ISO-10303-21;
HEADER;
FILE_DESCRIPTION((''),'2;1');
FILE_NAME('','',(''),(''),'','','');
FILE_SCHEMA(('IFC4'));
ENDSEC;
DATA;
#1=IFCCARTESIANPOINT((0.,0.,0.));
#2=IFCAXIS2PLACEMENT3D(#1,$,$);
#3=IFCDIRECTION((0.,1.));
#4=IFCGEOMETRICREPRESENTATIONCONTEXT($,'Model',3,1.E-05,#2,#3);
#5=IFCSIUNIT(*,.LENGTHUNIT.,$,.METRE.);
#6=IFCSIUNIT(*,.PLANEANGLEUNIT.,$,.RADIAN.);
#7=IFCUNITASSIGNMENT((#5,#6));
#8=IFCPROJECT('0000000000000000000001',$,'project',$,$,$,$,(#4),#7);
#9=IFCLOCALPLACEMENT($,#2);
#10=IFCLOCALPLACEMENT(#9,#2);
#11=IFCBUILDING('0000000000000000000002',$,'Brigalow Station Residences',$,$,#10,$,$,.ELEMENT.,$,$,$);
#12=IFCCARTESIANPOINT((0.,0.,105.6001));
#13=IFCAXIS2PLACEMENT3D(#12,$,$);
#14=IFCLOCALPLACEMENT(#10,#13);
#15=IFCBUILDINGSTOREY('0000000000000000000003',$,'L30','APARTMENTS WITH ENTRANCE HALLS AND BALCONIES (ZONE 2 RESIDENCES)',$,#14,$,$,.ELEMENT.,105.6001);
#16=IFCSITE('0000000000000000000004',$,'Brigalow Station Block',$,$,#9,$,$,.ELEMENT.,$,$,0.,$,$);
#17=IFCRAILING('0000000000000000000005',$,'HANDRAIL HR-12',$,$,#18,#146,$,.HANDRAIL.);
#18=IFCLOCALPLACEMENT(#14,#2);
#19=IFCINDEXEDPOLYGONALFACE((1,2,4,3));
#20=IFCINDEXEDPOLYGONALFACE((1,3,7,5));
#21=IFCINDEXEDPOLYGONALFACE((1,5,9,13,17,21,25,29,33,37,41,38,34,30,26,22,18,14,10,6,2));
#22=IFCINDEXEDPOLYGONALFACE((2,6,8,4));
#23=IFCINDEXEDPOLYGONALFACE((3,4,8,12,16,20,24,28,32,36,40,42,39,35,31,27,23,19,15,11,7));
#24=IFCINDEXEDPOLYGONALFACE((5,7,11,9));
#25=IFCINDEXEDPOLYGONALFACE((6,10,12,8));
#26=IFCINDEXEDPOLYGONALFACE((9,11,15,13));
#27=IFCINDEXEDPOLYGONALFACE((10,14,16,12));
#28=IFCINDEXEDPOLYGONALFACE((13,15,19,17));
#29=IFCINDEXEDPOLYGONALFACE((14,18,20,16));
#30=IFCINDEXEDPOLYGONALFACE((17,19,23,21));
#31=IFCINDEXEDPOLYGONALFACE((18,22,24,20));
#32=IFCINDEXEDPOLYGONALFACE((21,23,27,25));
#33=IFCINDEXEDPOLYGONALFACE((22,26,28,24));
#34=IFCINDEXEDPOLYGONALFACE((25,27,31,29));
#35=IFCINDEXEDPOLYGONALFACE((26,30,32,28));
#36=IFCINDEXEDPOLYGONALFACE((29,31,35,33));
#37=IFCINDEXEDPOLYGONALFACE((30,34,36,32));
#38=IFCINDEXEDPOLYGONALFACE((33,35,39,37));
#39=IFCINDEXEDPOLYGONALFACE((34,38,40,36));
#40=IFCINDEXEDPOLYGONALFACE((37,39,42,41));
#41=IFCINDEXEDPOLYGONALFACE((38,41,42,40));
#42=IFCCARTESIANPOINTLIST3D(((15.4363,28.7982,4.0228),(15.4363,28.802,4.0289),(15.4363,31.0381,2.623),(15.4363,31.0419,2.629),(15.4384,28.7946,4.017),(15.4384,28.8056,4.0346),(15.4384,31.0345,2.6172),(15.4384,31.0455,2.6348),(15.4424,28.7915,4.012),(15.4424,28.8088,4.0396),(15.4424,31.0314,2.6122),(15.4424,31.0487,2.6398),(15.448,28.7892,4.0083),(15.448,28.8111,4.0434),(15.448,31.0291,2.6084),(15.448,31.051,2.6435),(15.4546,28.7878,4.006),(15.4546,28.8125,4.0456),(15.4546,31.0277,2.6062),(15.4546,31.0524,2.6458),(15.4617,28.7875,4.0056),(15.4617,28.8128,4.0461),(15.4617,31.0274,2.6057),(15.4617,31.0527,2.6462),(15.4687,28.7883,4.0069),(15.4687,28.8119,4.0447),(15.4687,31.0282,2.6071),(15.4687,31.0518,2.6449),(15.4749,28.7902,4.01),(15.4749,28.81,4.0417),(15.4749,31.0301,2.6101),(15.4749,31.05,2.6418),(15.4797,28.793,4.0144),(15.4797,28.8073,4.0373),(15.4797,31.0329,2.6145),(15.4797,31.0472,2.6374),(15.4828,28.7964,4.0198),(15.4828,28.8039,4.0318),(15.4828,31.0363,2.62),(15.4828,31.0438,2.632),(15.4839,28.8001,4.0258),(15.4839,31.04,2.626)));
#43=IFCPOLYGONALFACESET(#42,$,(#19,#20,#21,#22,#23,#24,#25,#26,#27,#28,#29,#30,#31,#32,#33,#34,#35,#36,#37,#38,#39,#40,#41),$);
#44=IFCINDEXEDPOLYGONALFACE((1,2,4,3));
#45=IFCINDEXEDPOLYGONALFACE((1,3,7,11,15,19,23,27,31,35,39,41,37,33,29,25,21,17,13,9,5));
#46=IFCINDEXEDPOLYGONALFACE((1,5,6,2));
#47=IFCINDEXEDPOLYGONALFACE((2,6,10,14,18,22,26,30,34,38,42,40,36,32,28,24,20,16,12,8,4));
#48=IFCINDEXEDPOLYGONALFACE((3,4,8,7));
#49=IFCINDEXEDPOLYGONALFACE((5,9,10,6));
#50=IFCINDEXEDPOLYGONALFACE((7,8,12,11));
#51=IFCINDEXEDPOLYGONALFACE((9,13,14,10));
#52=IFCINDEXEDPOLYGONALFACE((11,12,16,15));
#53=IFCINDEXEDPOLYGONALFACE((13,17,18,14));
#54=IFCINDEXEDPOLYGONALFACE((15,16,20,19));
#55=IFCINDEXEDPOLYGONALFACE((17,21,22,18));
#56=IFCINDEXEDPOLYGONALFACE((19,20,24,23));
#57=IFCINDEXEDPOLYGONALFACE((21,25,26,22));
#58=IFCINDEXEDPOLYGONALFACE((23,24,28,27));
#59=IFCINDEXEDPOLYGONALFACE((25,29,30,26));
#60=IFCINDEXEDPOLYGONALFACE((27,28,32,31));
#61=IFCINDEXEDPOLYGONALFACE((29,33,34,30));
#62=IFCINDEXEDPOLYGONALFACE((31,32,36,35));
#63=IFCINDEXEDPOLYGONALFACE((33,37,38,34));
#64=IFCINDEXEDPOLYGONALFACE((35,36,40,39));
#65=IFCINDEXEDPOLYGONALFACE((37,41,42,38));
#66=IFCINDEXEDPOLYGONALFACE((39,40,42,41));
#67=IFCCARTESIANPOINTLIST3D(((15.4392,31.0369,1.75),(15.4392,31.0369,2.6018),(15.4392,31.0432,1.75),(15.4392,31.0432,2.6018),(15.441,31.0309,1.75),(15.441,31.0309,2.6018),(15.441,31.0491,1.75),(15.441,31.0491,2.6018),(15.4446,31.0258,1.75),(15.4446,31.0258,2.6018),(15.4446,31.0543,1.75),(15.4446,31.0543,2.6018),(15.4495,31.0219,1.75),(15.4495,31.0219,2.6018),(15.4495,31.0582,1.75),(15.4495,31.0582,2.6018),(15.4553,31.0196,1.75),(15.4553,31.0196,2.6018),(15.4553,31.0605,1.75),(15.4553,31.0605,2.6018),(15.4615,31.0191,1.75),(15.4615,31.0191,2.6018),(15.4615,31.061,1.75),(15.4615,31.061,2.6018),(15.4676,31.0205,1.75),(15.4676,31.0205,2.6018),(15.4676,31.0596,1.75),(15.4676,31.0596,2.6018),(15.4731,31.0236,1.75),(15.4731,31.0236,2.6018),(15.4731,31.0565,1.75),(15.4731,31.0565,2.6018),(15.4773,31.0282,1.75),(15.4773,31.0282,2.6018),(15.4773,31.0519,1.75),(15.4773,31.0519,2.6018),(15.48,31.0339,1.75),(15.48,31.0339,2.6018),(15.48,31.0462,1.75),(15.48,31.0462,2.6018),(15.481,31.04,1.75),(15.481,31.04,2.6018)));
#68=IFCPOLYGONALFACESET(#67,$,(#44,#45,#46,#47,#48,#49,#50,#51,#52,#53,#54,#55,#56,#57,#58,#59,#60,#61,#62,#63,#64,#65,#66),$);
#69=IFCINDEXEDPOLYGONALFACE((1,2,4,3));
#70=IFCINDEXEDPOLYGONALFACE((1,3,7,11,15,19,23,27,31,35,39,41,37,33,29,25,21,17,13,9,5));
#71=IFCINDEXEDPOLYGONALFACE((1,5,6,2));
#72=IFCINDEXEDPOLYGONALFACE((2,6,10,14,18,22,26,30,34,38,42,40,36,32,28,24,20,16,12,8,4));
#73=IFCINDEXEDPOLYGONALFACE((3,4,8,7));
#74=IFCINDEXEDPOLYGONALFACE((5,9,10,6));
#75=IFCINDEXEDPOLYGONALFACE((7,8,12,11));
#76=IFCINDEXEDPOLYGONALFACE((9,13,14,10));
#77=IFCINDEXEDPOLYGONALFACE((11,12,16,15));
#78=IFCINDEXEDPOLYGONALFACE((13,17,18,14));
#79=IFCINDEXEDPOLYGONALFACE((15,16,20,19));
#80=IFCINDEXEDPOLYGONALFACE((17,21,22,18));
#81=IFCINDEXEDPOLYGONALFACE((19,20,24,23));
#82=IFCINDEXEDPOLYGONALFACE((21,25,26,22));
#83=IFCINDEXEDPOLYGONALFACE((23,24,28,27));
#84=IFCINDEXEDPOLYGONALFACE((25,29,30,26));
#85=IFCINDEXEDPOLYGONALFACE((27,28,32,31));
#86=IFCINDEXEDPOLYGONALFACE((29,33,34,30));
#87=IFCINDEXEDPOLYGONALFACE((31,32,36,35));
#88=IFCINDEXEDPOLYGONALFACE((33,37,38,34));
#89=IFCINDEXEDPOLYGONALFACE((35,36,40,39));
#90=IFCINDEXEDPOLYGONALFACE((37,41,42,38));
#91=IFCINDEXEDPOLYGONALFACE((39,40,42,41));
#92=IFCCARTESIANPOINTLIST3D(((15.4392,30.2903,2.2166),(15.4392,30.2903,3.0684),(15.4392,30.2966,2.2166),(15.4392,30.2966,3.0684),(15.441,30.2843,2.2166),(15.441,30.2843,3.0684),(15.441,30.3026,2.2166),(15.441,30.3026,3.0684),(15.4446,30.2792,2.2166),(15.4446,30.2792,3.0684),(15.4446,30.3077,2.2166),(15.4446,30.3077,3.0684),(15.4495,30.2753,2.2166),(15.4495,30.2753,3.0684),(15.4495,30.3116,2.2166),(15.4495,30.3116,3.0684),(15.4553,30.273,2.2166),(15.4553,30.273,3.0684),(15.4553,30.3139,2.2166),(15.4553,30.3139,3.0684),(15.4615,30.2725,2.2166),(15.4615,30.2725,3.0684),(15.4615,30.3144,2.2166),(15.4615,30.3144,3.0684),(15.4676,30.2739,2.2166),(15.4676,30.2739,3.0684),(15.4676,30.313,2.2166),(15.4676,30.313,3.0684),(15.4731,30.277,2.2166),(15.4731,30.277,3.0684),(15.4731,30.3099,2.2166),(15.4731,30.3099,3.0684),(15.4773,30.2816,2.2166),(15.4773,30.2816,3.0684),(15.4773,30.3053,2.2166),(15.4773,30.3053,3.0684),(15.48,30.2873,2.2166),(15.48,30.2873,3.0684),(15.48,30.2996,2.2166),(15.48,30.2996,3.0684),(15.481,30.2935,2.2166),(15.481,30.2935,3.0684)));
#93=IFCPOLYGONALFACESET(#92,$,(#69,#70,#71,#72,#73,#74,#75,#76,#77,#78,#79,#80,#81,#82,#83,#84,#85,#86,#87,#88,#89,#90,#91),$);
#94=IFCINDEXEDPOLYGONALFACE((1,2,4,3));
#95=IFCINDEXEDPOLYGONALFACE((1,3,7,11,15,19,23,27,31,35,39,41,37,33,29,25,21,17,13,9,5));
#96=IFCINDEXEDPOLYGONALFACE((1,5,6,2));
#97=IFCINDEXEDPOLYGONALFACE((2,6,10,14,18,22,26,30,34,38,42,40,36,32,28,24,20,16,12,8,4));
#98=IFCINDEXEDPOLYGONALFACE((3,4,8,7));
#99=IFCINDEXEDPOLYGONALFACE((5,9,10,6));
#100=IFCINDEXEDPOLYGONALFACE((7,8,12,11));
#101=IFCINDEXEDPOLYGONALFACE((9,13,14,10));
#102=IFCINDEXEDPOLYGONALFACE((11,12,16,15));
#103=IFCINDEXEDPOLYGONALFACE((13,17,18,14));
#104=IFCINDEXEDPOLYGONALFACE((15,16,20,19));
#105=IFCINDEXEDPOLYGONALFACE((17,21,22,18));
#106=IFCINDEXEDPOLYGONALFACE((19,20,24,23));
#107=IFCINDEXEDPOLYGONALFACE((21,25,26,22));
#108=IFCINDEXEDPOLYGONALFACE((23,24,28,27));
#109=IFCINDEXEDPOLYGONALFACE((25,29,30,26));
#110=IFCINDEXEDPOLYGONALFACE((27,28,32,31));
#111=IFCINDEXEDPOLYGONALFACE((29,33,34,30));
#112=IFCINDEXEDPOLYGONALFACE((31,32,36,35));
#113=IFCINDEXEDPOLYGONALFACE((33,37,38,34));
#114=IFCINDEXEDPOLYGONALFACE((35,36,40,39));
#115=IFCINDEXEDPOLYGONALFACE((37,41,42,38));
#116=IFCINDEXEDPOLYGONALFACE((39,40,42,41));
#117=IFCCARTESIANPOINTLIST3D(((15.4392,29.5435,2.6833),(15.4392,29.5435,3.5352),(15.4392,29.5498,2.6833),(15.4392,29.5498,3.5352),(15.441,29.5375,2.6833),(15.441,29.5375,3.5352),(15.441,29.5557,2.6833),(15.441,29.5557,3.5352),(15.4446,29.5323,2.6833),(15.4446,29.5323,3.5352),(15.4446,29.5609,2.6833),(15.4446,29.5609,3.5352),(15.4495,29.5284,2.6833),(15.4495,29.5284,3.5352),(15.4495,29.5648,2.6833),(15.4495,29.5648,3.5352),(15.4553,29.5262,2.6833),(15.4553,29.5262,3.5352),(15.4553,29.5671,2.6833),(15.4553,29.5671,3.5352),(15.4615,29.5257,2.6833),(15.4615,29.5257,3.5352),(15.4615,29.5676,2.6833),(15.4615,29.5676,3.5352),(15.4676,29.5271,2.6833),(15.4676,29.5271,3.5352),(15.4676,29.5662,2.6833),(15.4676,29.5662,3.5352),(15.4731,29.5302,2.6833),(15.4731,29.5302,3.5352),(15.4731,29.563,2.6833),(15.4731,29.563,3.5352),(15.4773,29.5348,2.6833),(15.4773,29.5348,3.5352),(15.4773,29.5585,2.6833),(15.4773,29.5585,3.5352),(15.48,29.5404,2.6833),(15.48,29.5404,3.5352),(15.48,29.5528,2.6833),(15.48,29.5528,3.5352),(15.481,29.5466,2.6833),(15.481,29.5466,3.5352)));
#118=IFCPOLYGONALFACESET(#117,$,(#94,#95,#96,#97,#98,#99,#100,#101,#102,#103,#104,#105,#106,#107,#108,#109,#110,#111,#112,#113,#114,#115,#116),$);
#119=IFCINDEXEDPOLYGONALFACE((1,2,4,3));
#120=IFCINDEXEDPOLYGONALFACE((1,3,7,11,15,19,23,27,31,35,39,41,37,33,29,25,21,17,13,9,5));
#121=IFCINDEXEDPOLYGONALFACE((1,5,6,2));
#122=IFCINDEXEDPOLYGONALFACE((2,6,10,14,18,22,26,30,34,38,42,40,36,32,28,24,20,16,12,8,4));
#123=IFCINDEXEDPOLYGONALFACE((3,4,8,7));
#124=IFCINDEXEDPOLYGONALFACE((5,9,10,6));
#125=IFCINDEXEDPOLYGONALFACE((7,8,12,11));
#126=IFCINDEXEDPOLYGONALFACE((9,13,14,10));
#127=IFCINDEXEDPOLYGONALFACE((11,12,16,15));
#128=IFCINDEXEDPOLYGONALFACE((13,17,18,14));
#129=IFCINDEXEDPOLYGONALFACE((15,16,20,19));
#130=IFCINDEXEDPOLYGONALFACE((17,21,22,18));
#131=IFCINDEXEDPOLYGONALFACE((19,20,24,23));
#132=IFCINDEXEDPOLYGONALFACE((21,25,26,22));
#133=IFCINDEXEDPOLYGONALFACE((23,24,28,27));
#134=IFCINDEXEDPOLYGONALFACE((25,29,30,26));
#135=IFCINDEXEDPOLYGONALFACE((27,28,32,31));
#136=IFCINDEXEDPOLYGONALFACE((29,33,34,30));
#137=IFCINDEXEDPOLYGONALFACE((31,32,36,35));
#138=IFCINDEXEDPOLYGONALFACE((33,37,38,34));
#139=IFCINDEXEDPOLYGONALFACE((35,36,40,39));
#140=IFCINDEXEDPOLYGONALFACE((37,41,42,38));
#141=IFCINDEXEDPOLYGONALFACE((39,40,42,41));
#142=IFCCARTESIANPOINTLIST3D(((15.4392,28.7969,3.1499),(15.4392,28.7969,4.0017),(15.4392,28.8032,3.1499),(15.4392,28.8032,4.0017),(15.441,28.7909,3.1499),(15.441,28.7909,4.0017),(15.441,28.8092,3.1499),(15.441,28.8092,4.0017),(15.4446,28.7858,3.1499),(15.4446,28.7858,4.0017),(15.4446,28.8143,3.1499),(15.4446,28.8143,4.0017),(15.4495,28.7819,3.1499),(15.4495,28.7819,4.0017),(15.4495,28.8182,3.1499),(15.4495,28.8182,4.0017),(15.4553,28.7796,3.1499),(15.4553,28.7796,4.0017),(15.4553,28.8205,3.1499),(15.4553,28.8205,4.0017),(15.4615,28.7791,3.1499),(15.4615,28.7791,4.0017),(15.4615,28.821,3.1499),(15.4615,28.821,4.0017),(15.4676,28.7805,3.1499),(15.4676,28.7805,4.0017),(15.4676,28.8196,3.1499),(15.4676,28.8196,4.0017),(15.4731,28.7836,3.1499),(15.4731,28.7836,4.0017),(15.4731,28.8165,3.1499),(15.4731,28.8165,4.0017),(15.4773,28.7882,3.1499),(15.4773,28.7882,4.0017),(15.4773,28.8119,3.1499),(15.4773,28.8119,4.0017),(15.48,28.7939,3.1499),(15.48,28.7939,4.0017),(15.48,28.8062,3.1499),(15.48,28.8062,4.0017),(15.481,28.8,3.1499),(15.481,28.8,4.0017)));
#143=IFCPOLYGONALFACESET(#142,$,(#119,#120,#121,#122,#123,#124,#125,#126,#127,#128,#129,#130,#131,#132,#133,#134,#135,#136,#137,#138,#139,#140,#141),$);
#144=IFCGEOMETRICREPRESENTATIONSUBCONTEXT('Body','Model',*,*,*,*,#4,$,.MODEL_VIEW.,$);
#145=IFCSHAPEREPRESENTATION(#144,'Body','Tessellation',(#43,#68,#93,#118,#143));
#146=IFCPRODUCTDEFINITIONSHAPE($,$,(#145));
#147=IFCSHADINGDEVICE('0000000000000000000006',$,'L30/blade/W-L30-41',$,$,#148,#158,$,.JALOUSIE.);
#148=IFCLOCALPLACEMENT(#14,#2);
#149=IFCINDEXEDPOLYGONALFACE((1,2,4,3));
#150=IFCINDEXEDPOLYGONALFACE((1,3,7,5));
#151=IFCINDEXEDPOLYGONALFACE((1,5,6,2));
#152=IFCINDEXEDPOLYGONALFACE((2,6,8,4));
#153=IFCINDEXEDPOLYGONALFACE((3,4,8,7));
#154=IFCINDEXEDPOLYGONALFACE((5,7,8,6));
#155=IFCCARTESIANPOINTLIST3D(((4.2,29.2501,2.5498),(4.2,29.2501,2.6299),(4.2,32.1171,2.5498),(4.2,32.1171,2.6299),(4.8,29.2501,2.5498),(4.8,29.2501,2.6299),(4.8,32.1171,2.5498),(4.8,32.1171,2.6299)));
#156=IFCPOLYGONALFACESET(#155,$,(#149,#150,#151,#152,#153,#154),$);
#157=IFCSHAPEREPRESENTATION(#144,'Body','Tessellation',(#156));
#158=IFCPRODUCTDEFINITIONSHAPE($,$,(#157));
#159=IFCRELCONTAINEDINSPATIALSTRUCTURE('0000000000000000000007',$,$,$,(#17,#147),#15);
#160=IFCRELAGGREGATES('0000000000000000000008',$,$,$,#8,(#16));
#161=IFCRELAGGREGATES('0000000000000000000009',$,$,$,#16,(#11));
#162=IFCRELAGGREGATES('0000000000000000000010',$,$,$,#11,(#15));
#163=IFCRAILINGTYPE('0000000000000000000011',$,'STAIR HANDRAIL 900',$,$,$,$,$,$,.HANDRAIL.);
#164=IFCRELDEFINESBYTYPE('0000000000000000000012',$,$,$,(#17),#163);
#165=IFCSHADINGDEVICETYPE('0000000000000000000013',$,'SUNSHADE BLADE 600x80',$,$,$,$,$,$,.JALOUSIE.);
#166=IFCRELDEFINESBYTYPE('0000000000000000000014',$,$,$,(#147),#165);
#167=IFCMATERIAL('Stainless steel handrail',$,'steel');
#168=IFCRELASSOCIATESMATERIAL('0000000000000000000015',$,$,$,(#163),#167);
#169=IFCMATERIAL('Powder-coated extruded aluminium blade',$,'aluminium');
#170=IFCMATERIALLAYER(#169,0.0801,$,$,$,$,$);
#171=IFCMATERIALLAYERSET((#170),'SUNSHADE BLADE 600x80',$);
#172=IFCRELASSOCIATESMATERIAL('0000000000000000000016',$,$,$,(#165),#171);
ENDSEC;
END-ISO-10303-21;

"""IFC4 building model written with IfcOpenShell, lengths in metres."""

from ifc_helpers import new_model, si_unit, direction, frame, origin, origin_2d, place, context, subcontext, project, spatial, rectangle, circle, extrude, material, layer, layer_set, type_object, element, save


model = new_model("IFC4")

# Units and contexts
model_context = context("Model", 3, precision=1e-05, world=origin(), true_north=direction((0.0, 1.0)))
body_context = subcontext(model_context, "Body", "Model", "MODEL_VIEW")
ifc_project = project(units=[si_unit("LENGTHUNIT", "METRE"), si_unit("PLANEANGLEUNIT", "RADIAN")], contexts=[model_context])

# Site, building, storey
site_placement = place(None, origin())
site = spatial("IfcSite", under=ifc_project, at=site_placement, Name="Brigalow Station Block", CompositionType="ELEMENT", RefElevation=0.0)
building_placement = place(site_placement, origin())
building = spatial("IfcBuilding", under=site, at=building_placement, Name="Brigalow Station Residences", CompositionType="ELEMENT")
storey_placement = place(building_placement, frame((0.0, 0.0, 105.6001)))
storey = spatial("IfcBuildingStorey", under=building, at=storey_placement, Name="L30", Description="APARTMENTS WITH ENTRANCE HALLS AND BALCONIES (ZONE 2 RESIDENCES)", CompositionType="ELEMENT", Elevation=105.6001)

# Railing
ifc_material_1 = material(Name="Stainless steel handrail", Category="steel")
railing_type_1 = type_object("IfcRailingType", Name="STAIR HANDRAIL 900", PredefinedType="HANDRAIL", material=ifc_material_1)
railing_1_placement = place(storey_placement, frame((15.46, 31.04, 1.75)))
element("IfcRailing", 1, at=railing_1_placement, inside=storey, type_object=railing_type_1, Name="HANDRAIL HR-12", PredefinedType="HANDRAIL", context=body_context, shape_type="SweptSolid", body=[
    extrude(circle(Radius=0.0239, at=origin_2d()), frame((0.0, 0.0, 0.876), z_axis=(0.0, -0.848014, 0.529974), x_axis=(1.0, 0.0, 0.0)), (0.0, 0.0, 1.0), 2.6414),
    extrude(circle(Radius=0.021, at=origin_2d()), origin(), (0.0, 0.0, 1.0), 0.8518),
    extrude(circle(Radius=0.021, at=origin_2d()), frame((0.0, -0.7466, 0.4666)), (0.0, 0.0, 1.0), 0.8518),
    extrude(circle(Radius=0.021, at=origin_2d()), frame((0.0, -1.4934, 0.9333)), (0.0, 0.0, 1.0), 0.8518),
    extrude(circle(Radius=0.021, at=origin_2d()), frame((0.0, -2.24, 1.3999)), (0.0, 0.0, 1.0), 0.8518),
])

# Shading device
ifc_material_2 = material(Name="Powder-coated extruded aluminium blade", Category="aluminium")
ifc_layer_1 = layer(ifc_material_2, 0.0801)
ifc_layer_set_1 = layer_set([ifc_layer_1], Name="SUNSHADE BLADE 600x80")
shading_device_type = type_object("IfcShadingDeviceType", Name="SUNSHADE BLADE 600x80", PredefinedType="JALOUSIE", material=ifc_layer_set_1)
shading_device_placement = place(storey_placement, frame((4.5, 30.6836, 2.5498), z_axis=(0.0, 0.0, 1.0), x_axis=(0.0, -1.0, 0.0)))
element("IfcShadingDevice", 2, at=shading_device_placement, inside=storey, type_object=shading_device_type, Name="L30/blade/W-L30-41", PredefinedType="JALOUSIE", context=body_context, shape_type="SweptSolid", body=[
    extrude(rectangle(XDim=2.8669, YDim=0.6001, at=origin_2d()), origin(), (0.0, 0.0, 1.0), 0.0801),
])

save(model, "model.ifc")
